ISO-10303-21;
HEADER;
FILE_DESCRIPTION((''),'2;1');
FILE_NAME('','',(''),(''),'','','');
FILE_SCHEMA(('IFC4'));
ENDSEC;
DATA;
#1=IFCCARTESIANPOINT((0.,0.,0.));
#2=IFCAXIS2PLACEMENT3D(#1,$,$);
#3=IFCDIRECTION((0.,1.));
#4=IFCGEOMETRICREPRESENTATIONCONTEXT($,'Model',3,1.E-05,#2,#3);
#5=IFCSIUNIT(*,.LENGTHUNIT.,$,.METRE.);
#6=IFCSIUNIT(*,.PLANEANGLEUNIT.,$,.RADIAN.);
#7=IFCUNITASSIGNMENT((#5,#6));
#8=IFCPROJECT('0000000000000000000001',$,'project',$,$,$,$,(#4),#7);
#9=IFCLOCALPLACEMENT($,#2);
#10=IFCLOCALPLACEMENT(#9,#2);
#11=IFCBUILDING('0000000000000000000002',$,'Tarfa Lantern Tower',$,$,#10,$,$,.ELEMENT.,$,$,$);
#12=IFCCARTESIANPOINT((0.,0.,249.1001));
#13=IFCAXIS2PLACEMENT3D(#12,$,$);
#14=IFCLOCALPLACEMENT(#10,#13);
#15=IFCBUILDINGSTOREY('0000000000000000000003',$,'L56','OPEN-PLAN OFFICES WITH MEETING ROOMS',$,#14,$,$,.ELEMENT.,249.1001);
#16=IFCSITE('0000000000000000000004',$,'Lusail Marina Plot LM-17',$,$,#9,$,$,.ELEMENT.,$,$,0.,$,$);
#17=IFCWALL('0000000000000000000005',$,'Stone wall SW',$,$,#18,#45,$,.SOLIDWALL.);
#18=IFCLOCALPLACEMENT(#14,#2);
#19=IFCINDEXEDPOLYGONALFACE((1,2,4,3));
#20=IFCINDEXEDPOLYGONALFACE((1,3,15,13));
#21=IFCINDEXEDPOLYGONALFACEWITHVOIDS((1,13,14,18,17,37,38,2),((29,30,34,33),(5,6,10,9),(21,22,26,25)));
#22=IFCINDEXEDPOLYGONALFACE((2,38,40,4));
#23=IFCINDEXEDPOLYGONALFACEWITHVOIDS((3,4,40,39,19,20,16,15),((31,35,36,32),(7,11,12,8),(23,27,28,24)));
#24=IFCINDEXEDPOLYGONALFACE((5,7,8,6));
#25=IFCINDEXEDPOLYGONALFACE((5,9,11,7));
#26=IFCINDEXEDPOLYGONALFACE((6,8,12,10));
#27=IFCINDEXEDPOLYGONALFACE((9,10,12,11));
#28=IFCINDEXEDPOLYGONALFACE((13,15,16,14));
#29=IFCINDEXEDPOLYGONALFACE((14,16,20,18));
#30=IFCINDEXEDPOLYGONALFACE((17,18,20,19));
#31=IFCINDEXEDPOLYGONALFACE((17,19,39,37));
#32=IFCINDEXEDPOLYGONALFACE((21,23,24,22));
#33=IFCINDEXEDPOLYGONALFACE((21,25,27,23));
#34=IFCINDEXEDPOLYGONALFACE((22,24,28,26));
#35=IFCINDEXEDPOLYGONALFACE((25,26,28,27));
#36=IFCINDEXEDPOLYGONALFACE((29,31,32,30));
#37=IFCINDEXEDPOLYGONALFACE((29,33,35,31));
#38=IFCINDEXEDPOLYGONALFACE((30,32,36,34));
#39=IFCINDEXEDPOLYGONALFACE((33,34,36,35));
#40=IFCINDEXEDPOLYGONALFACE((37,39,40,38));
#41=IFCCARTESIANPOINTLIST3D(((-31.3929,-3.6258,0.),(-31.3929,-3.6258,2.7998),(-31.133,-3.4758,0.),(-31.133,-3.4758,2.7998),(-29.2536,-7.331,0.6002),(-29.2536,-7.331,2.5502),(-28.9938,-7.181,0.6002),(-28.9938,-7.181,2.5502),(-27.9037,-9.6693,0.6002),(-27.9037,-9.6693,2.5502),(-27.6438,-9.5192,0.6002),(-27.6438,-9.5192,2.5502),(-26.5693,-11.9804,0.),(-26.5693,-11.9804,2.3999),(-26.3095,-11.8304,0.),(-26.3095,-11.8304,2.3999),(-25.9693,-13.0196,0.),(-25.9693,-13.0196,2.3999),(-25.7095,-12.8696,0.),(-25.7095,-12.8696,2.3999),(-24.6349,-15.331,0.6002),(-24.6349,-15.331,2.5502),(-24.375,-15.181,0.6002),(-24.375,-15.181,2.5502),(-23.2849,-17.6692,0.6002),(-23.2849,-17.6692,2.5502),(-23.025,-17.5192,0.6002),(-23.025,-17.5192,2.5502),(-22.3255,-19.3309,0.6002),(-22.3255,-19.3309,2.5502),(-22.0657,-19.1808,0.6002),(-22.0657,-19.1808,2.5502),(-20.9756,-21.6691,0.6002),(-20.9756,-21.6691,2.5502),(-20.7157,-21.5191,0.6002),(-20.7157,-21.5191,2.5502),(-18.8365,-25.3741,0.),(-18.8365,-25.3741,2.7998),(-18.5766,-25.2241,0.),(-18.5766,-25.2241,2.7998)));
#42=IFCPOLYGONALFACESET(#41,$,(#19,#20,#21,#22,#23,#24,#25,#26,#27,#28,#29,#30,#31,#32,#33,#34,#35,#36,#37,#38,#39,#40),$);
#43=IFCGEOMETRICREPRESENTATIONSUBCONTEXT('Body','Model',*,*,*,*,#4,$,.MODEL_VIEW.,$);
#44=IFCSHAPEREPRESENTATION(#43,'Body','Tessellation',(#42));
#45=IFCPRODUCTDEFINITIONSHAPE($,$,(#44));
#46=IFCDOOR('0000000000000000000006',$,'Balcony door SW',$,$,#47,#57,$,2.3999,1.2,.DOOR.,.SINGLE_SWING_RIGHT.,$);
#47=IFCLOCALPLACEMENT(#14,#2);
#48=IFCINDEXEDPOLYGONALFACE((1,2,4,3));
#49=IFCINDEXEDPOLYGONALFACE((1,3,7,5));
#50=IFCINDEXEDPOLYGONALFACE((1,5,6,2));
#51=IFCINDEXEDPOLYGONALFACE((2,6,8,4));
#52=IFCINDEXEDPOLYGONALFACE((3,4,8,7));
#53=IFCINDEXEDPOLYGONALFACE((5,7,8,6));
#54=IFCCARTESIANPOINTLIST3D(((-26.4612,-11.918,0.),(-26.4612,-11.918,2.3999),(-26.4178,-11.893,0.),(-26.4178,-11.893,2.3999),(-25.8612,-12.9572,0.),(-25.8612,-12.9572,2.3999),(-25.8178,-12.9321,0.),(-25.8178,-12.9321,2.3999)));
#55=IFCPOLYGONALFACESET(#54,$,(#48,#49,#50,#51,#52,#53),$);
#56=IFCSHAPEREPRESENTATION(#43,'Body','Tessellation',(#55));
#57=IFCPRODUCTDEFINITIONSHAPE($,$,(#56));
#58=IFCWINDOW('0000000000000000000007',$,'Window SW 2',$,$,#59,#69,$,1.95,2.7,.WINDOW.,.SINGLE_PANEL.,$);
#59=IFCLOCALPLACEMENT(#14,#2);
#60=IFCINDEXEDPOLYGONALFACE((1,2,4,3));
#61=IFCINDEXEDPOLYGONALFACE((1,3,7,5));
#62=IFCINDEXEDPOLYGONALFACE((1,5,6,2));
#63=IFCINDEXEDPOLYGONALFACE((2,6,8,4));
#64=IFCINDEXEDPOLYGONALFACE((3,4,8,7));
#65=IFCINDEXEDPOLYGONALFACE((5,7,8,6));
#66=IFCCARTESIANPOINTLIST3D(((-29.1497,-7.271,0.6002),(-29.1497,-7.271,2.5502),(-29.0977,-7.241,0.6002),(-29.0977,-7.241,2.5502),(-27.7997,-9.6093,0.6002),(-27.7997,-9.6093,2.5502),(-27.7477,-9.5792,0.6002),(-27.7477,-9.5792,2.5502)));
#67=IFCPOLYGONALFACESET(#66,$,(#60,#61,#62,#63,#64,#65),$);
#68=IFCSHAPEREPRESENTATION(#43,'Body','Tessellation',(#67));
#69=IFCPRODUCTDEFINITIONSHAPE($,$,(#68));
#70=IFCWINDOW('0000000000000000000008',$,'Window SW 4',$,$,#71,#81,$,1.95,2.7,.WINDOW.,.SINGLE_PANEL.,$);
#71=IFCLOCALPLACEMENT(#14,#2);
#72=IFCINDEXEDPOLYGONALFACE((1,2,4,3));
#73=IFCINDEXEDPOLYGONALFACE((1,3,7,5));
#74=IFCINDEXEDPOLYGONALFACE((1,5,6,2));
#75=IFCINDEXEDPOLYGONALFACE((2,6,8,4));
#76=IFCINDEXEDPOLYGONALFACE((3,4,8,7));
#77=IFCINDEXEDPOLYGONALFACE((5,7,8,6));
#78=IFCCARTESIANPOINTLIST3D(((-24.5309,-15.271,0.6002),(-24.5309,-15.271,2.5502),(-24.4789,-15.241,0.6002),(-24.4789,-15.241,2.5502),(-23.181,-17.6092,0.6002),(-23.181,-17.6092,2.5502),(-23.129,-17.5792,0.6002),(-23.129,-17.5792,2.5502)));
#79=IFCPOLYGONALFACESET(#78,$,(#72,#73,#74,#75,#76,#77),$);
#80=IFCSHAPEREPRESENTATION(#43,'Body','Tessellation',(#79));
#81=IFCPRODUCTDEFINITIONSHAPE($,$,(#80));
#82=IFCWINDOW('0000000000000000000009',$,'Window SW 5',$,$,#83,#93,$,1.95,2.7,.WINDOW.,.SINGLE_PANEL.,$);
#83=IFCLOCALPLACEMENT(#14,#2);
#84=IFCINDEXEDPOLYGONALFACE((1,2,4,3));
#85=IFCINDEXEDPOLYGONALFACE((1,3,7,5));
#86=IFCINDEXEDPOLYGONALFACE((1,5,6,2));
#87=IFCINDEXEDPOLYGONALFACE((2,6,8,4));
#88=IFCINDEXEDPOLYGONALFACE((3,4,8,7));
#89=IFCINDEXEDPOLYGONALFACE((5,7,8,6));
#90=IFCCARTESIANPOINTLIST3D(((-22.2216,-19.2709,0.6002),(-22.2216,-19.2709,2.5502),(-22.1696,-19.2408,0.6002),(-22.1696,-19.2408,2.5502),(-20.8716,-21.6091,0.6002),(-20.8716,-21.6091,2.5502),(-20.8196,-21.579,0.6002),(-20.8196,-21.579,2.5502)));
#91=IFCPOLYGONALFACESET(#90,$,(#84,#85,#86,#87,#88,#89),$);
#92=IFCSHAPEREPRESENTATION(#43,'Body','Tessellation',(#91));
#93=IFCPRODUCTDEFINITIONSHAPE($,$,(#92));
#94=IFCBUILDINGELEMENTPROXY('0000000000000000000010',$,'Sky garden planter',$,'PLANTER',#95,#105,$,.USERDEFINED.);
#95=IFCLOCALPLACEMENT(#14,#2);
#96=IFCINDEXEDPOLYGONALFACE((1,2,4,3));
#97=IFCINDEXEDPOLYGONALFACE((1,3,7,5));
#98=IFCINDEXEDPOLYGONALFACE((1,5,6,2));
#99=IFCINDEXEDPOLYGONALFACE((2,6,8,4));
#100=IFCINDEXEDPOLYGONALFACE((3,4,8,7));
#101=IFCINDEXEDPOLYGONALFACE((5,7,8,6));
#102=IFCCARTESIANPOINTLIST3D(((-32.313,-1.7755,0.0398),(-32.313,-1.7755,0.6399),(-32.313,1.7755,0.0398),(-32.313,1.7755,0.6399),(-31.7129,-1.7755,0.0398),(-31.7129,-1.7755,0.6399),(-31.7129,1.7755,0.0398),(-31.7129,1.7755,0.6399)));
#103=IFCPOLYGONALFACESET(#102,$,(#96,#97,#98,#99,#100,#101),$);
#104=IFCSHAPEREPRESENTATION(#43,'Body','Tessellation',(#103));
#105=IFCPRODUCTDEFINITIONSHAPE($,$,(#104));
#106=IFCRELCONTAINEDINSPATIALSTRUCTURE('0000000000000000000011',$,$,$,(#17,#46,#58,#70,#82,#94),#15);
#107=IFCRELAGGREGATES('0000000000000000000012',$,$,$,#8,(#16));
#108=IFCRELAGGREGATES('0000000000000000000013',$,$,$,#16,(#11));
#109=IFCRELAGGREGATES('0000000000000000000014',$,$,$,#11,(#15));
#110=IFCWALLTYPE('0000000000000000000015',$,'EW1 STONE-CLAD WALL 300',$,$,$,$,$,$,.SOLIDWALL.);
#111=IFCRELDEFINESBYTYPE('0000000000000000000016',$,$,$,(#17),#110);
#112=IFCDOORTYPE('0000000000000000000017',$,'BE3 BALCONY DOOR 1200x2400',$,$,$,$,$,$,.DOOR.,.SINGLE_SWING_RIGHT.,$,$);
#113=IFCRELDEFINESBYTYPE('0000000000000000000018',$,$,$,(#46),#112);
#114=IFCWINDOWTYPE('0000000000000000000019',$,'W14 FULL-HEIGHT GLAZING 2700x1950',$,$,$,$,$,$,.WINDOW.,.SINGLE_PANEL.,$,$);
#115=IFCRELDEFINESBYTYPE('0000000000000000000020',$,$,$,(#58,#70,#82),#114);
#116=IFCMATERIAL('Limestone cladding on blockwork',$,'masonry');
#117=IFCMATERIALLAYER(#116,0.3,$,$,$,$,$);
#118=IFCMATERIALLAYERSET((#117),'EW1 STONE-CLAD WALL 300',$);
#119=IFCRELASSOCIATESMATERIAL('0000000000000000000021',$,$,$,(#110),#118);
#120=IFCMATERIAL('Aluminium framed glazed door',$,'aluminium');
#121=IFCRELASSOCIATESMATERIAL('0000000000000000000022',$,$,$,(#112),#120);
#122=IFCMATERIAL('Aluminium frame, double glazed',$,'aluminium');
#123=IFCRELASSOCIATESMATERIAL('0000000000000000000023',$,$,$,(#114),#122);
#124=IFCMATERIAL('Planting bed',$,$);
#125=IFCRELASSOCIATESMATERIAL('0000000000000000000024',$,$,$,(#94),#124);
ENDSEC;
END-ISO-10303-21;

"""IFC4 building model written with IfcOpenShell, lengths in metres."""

from ifc_helpers import new_model, si_unit, direction, frame, frame_2d, origin, origin_2d, place, context, subcontext, project, spatial, rectangle, extrude, material, layer, layer_set, type_object, element, fill, save


model = new_model("IFC4")

# Units and contexts
model_context = context("Model", 3, precision=1e-05, world=origin(), true_north=direction((0.0, 1.0)))
body_context = subcontext(model_context, "Body", "Model", "MODEL_VIEW")
ifc_project = project(units=[si_unit("LENGTHUNIT", "METRE"), si_unit("PLANEANGLEUNIT", "RADIAN")], contexts=[model_context])

# Site, building, storey
site_placement = place(None, origin())
site = spatial("IfcSite", under=ifc_project, at=site_placement, Name="Lusail Marina Plot LM-17", CompositionType="ELEMENT", RefElevation=0.0)
building_placement = place(site_placement, origin())
building = spatial("IfcBuilding", under=site, at=building_placement, Name="Tarfa Lantern Tower", CompositionType="ELEMENT")
storey_placement = place(building_placement, frame((0.0, 0.0, 249.1001)))
storey = spatial("IfcBuildingStorey", under=building, at=storey_placement, Name="L56", Description="OPEN-PLAN OFFICES WITH MEETING ROOMS", CompositionType="ELEMENT", Elevation=249.1001)

# Wall, openings, door, windows
ifc_material_1 = material(Name="Limestone cladding on blockwork", Category="masonry")
ifc_layer_1 = layer(ifc_material_1, 0.3)
ifc_layer_set_1 = layer_set([ifc_layer_1], Name="EW1 STONE-CLAD WALL 300")
wall_type = type_object("IfcWallType", Name="EW1 STONE-CLAD WALL 300", PredefinedType="SOLIDWALL", material=ifc_layer_set_1)
wall_placement = place(storey_placement, frame((-31.2629, -3.5508, 0.0), z_axis=(0.0, 0.0, 1.0), x_axis=(0.5, -0.866025, 0.0)))
wall = element("IfcWall", 1, at=wall_placement, inside=storey, type_object=wall_type, Name="Stone wall SW", PredefinedType="SOLIDWALL", context=body_context, shape_type="SweptSolid", body=[
    extrude(rectangle(XDim=25.1128, YDim=0.3, at=frame_2d((12.5564, 0.0))), origin(), (0.0, 0.0, 1.0), 2.7998),
])
opening_1_placement = place(wall_placement, frame((4.2783, 0.0, 0.6001)))
opening_1 = element("IfcOpeningElement", 2, at=opening_1_placement, cuts=wall, PredefinedType="OPENING", context=body_context, shape_type="SweptSolid", body=[
    extrude(rectangle(XDim=2.7, YDim=1.95, at=frame_2d((1.3501, 0.9751))), frame((0.0, 0.1599, 0.0), z_axis=(0.0, -1.0, 0.0), x_axis=(1.0, 0.0, 0.0)), (0.0, 0.0, 1.0), 0.3201),
])
opening_2_placement = place(wall_placement, frame((9.647, 0.0, 0.0)))
opening_2 = element("IfcOpeningElement", 3, at=opening_2_placement, cuts=wall, PredefinedType="OPENING", context=body_context, shape_type="SweptSolid", body=[
    extrude(rectangle(XDim=1.2, YDim=2.3999, at=frame_2d((0.6001, 1.2))), frame((0.0, 0.1599, 0.0), z_axis=(0.0, -1.0, 0.0), x_axis=(1.0, 0.0, 0.0)), (0.0, 0.0, 1.0), 0.3201),
])
opening_3_placement = place(wall_placement, frame((13.5159, 0.0, 0.6001)))
opening_3 = element("IfcOpeningElement", 4, at=opening_3_placement, cuts=wall, PredefinedType="OPENING", context=body_context, shape_type="SweptSolid", body=[
    extrude(rectangle(XDim=2.7, YDim=1.95, at=frame_2d((1.3501, 0.9751))), frame((0.0, 0.1599, 0.0), z_axis=(0.0, -1.0, 0.0), x_axis=(1.0, 0.0, 0.0)), (0.0, 0.0, 1.0), 0.3201),
])
opening_4_placement = place(wall_placement, frame((18.1345, 0.0, 0.6001)))
opening_4 = element("IfcOpeningElement", 5, at=opening_4_placement, cuts=wall, PredefinedType="OPENING", context=body_context, shape_type="SweptSolid", body=[
    extrude(rectangle(XDim=2.7, YDim=1.95, at=frame_2d((1.3501, 0.9751))), frame((0.0, 0.1599, 0.0), z_axis=(0.0, -1.0, 0.0), x_axis=(1.0, 0.0, 0.0)), (0.0, 0.0, 1.0), 0.3201),
])
ifc_material_2 = material(Name="Aluminium framed glazed door", Category="aluminium")
door_type = type_object("IfcDoorType", Name="BE3 BALCONY DOOR 1200x2400", OperationType="SINGLE_SWING_RIGHT", PredefinedType="DOOR", material=ifc_material_2)
door_placement = place(opening_2_placement, origin())
door = element("IfcDoor", 6, at=door_placement, inside=storey, type_object=door_type, Name="Balcony door SW", OperationType="SINGLE_SWING_RIGHT", OverallHeight=2.3999, OverallWidth=1.2, PredefinedType="DOOR", context=body_context, shape_type="SweptSolid", body=[
    extrude(rectangle(XDim=1.2, YDim=2.3999, at=frame_2d((0.6001, 1.2))), frame((0.0, 0.0249, 0.0), z_axis=(0.0, -1.0, 0.0), x_axis=(1.0, 0.0, 0.0)), (0.0, 0.0, 1.0), 0.05),
])
fill(opening_2, door)
ifc_material_3 = material(Name="Aluminium frame, double glazed", Category="aluminium")
window_type = type_object("IfcWindowType", Name="W14 FULL-HEIGHT GLAZING 2700x1950", PartitioningType="SINGLE_PANEL", PredefinedType="WINDOW", material=ifc_material_3)
window_1_placement = place(opening_1_placement, origin())
window_1 = element("IfcWindow", 7, at=window_1_placement, inside=storey, type_object=window_type, Name="Window SW 2", OverallHeight=1.95, OverallWidth=2.7, PartitioningType="SINGLE_PANEL", PredefinedType="WINDOW", context=body_context, shape_type="SweptSolid", body=[
    extrude(rectangle(XDim=2.7, YDim=1.95, at=frame_2d((1.3501, 0.9751))), frame((0.0, 0.03, 0.0), z_axis=(0.0, -1.0, 0.0), x_axis=(1.0, 0.0, 0.0)), (0.0, 0.0, 1.0), 0.0601),
])
fill(opening_1, window_1)
window_2_placement = place(opening_3_placement, origin())
window_2 = element("IfcWindow", 8, at=window_2_placement, inside=storey, type_object=window_type, Name="Window SW 4", OverallHeight=1.95, OverallWidth=2.7, PartitioningType="SINGLE_PANEL", PredefinedType="WINDOW", context=body_context, shape_type="SweptSolid", body=[
    extrude(rectangle(XDim=2.7, YDim=1.95, at=frame_2d((1.3501, 0.9751))), frame((0.0, 0.03, 0.0), z_axis=(0.0, -1.0, 0.0), x_axis=(1.0, 0.0, 0.0)), (0.0, 0.0, 1.0), 0.0601),
])
fill(opening_3, window_2)
window_3_placement = place(opening_4_placement, origin())
window_3 = element("IfcWindow", 9, at=window_3_placement, inside=storey, type_object=window_type, Name="Window SW 5", OverallHeight=1.95, OverallWidth=2.7, PartitioningType="SINGLE_PANEL", PredefinedType="WINDOW", context=body_context, shape_type="SweptSolid", body=[
    extrude(rectangle(XDim=2.7, YDim=1.95, at=frame_2d((1.3501, 0.9751))), frame((0.0, 0.03, 0.0), z_axis=(0.0, -1.0, 0.0), x_axis=(1.0, 0.0, 0.0)), (0.0, 0.0, 1.0), 0.0601),
])
fill(opening_4, window_3)

# Building element proxy
ifc_material_4 = material(Name="Planting bed")
proxy_placement = place(storey_placement, frame((-32.0129, 0.0, 0.0398), z_axis=(0.0, 0.0, 1.0), x_axis=(0.0, -1.0, 0.0)))
element("IfcBuildingElementProxy", 10, at=proxy_placement, inside=storey, material=ifc_material_4, Name="Sky garden planter", ObjectType="PLANTER", PredefinedType="USERDEFINED", context=body_context, shape_type="SweptSolid", body=[
    extrude(rectangle(XDim=3.551, YDim=0.6001, at=origin_2d()), origin(), (0.0, 0.0, 1.0), 0.6001),
])

save(model, "model.ifc")
